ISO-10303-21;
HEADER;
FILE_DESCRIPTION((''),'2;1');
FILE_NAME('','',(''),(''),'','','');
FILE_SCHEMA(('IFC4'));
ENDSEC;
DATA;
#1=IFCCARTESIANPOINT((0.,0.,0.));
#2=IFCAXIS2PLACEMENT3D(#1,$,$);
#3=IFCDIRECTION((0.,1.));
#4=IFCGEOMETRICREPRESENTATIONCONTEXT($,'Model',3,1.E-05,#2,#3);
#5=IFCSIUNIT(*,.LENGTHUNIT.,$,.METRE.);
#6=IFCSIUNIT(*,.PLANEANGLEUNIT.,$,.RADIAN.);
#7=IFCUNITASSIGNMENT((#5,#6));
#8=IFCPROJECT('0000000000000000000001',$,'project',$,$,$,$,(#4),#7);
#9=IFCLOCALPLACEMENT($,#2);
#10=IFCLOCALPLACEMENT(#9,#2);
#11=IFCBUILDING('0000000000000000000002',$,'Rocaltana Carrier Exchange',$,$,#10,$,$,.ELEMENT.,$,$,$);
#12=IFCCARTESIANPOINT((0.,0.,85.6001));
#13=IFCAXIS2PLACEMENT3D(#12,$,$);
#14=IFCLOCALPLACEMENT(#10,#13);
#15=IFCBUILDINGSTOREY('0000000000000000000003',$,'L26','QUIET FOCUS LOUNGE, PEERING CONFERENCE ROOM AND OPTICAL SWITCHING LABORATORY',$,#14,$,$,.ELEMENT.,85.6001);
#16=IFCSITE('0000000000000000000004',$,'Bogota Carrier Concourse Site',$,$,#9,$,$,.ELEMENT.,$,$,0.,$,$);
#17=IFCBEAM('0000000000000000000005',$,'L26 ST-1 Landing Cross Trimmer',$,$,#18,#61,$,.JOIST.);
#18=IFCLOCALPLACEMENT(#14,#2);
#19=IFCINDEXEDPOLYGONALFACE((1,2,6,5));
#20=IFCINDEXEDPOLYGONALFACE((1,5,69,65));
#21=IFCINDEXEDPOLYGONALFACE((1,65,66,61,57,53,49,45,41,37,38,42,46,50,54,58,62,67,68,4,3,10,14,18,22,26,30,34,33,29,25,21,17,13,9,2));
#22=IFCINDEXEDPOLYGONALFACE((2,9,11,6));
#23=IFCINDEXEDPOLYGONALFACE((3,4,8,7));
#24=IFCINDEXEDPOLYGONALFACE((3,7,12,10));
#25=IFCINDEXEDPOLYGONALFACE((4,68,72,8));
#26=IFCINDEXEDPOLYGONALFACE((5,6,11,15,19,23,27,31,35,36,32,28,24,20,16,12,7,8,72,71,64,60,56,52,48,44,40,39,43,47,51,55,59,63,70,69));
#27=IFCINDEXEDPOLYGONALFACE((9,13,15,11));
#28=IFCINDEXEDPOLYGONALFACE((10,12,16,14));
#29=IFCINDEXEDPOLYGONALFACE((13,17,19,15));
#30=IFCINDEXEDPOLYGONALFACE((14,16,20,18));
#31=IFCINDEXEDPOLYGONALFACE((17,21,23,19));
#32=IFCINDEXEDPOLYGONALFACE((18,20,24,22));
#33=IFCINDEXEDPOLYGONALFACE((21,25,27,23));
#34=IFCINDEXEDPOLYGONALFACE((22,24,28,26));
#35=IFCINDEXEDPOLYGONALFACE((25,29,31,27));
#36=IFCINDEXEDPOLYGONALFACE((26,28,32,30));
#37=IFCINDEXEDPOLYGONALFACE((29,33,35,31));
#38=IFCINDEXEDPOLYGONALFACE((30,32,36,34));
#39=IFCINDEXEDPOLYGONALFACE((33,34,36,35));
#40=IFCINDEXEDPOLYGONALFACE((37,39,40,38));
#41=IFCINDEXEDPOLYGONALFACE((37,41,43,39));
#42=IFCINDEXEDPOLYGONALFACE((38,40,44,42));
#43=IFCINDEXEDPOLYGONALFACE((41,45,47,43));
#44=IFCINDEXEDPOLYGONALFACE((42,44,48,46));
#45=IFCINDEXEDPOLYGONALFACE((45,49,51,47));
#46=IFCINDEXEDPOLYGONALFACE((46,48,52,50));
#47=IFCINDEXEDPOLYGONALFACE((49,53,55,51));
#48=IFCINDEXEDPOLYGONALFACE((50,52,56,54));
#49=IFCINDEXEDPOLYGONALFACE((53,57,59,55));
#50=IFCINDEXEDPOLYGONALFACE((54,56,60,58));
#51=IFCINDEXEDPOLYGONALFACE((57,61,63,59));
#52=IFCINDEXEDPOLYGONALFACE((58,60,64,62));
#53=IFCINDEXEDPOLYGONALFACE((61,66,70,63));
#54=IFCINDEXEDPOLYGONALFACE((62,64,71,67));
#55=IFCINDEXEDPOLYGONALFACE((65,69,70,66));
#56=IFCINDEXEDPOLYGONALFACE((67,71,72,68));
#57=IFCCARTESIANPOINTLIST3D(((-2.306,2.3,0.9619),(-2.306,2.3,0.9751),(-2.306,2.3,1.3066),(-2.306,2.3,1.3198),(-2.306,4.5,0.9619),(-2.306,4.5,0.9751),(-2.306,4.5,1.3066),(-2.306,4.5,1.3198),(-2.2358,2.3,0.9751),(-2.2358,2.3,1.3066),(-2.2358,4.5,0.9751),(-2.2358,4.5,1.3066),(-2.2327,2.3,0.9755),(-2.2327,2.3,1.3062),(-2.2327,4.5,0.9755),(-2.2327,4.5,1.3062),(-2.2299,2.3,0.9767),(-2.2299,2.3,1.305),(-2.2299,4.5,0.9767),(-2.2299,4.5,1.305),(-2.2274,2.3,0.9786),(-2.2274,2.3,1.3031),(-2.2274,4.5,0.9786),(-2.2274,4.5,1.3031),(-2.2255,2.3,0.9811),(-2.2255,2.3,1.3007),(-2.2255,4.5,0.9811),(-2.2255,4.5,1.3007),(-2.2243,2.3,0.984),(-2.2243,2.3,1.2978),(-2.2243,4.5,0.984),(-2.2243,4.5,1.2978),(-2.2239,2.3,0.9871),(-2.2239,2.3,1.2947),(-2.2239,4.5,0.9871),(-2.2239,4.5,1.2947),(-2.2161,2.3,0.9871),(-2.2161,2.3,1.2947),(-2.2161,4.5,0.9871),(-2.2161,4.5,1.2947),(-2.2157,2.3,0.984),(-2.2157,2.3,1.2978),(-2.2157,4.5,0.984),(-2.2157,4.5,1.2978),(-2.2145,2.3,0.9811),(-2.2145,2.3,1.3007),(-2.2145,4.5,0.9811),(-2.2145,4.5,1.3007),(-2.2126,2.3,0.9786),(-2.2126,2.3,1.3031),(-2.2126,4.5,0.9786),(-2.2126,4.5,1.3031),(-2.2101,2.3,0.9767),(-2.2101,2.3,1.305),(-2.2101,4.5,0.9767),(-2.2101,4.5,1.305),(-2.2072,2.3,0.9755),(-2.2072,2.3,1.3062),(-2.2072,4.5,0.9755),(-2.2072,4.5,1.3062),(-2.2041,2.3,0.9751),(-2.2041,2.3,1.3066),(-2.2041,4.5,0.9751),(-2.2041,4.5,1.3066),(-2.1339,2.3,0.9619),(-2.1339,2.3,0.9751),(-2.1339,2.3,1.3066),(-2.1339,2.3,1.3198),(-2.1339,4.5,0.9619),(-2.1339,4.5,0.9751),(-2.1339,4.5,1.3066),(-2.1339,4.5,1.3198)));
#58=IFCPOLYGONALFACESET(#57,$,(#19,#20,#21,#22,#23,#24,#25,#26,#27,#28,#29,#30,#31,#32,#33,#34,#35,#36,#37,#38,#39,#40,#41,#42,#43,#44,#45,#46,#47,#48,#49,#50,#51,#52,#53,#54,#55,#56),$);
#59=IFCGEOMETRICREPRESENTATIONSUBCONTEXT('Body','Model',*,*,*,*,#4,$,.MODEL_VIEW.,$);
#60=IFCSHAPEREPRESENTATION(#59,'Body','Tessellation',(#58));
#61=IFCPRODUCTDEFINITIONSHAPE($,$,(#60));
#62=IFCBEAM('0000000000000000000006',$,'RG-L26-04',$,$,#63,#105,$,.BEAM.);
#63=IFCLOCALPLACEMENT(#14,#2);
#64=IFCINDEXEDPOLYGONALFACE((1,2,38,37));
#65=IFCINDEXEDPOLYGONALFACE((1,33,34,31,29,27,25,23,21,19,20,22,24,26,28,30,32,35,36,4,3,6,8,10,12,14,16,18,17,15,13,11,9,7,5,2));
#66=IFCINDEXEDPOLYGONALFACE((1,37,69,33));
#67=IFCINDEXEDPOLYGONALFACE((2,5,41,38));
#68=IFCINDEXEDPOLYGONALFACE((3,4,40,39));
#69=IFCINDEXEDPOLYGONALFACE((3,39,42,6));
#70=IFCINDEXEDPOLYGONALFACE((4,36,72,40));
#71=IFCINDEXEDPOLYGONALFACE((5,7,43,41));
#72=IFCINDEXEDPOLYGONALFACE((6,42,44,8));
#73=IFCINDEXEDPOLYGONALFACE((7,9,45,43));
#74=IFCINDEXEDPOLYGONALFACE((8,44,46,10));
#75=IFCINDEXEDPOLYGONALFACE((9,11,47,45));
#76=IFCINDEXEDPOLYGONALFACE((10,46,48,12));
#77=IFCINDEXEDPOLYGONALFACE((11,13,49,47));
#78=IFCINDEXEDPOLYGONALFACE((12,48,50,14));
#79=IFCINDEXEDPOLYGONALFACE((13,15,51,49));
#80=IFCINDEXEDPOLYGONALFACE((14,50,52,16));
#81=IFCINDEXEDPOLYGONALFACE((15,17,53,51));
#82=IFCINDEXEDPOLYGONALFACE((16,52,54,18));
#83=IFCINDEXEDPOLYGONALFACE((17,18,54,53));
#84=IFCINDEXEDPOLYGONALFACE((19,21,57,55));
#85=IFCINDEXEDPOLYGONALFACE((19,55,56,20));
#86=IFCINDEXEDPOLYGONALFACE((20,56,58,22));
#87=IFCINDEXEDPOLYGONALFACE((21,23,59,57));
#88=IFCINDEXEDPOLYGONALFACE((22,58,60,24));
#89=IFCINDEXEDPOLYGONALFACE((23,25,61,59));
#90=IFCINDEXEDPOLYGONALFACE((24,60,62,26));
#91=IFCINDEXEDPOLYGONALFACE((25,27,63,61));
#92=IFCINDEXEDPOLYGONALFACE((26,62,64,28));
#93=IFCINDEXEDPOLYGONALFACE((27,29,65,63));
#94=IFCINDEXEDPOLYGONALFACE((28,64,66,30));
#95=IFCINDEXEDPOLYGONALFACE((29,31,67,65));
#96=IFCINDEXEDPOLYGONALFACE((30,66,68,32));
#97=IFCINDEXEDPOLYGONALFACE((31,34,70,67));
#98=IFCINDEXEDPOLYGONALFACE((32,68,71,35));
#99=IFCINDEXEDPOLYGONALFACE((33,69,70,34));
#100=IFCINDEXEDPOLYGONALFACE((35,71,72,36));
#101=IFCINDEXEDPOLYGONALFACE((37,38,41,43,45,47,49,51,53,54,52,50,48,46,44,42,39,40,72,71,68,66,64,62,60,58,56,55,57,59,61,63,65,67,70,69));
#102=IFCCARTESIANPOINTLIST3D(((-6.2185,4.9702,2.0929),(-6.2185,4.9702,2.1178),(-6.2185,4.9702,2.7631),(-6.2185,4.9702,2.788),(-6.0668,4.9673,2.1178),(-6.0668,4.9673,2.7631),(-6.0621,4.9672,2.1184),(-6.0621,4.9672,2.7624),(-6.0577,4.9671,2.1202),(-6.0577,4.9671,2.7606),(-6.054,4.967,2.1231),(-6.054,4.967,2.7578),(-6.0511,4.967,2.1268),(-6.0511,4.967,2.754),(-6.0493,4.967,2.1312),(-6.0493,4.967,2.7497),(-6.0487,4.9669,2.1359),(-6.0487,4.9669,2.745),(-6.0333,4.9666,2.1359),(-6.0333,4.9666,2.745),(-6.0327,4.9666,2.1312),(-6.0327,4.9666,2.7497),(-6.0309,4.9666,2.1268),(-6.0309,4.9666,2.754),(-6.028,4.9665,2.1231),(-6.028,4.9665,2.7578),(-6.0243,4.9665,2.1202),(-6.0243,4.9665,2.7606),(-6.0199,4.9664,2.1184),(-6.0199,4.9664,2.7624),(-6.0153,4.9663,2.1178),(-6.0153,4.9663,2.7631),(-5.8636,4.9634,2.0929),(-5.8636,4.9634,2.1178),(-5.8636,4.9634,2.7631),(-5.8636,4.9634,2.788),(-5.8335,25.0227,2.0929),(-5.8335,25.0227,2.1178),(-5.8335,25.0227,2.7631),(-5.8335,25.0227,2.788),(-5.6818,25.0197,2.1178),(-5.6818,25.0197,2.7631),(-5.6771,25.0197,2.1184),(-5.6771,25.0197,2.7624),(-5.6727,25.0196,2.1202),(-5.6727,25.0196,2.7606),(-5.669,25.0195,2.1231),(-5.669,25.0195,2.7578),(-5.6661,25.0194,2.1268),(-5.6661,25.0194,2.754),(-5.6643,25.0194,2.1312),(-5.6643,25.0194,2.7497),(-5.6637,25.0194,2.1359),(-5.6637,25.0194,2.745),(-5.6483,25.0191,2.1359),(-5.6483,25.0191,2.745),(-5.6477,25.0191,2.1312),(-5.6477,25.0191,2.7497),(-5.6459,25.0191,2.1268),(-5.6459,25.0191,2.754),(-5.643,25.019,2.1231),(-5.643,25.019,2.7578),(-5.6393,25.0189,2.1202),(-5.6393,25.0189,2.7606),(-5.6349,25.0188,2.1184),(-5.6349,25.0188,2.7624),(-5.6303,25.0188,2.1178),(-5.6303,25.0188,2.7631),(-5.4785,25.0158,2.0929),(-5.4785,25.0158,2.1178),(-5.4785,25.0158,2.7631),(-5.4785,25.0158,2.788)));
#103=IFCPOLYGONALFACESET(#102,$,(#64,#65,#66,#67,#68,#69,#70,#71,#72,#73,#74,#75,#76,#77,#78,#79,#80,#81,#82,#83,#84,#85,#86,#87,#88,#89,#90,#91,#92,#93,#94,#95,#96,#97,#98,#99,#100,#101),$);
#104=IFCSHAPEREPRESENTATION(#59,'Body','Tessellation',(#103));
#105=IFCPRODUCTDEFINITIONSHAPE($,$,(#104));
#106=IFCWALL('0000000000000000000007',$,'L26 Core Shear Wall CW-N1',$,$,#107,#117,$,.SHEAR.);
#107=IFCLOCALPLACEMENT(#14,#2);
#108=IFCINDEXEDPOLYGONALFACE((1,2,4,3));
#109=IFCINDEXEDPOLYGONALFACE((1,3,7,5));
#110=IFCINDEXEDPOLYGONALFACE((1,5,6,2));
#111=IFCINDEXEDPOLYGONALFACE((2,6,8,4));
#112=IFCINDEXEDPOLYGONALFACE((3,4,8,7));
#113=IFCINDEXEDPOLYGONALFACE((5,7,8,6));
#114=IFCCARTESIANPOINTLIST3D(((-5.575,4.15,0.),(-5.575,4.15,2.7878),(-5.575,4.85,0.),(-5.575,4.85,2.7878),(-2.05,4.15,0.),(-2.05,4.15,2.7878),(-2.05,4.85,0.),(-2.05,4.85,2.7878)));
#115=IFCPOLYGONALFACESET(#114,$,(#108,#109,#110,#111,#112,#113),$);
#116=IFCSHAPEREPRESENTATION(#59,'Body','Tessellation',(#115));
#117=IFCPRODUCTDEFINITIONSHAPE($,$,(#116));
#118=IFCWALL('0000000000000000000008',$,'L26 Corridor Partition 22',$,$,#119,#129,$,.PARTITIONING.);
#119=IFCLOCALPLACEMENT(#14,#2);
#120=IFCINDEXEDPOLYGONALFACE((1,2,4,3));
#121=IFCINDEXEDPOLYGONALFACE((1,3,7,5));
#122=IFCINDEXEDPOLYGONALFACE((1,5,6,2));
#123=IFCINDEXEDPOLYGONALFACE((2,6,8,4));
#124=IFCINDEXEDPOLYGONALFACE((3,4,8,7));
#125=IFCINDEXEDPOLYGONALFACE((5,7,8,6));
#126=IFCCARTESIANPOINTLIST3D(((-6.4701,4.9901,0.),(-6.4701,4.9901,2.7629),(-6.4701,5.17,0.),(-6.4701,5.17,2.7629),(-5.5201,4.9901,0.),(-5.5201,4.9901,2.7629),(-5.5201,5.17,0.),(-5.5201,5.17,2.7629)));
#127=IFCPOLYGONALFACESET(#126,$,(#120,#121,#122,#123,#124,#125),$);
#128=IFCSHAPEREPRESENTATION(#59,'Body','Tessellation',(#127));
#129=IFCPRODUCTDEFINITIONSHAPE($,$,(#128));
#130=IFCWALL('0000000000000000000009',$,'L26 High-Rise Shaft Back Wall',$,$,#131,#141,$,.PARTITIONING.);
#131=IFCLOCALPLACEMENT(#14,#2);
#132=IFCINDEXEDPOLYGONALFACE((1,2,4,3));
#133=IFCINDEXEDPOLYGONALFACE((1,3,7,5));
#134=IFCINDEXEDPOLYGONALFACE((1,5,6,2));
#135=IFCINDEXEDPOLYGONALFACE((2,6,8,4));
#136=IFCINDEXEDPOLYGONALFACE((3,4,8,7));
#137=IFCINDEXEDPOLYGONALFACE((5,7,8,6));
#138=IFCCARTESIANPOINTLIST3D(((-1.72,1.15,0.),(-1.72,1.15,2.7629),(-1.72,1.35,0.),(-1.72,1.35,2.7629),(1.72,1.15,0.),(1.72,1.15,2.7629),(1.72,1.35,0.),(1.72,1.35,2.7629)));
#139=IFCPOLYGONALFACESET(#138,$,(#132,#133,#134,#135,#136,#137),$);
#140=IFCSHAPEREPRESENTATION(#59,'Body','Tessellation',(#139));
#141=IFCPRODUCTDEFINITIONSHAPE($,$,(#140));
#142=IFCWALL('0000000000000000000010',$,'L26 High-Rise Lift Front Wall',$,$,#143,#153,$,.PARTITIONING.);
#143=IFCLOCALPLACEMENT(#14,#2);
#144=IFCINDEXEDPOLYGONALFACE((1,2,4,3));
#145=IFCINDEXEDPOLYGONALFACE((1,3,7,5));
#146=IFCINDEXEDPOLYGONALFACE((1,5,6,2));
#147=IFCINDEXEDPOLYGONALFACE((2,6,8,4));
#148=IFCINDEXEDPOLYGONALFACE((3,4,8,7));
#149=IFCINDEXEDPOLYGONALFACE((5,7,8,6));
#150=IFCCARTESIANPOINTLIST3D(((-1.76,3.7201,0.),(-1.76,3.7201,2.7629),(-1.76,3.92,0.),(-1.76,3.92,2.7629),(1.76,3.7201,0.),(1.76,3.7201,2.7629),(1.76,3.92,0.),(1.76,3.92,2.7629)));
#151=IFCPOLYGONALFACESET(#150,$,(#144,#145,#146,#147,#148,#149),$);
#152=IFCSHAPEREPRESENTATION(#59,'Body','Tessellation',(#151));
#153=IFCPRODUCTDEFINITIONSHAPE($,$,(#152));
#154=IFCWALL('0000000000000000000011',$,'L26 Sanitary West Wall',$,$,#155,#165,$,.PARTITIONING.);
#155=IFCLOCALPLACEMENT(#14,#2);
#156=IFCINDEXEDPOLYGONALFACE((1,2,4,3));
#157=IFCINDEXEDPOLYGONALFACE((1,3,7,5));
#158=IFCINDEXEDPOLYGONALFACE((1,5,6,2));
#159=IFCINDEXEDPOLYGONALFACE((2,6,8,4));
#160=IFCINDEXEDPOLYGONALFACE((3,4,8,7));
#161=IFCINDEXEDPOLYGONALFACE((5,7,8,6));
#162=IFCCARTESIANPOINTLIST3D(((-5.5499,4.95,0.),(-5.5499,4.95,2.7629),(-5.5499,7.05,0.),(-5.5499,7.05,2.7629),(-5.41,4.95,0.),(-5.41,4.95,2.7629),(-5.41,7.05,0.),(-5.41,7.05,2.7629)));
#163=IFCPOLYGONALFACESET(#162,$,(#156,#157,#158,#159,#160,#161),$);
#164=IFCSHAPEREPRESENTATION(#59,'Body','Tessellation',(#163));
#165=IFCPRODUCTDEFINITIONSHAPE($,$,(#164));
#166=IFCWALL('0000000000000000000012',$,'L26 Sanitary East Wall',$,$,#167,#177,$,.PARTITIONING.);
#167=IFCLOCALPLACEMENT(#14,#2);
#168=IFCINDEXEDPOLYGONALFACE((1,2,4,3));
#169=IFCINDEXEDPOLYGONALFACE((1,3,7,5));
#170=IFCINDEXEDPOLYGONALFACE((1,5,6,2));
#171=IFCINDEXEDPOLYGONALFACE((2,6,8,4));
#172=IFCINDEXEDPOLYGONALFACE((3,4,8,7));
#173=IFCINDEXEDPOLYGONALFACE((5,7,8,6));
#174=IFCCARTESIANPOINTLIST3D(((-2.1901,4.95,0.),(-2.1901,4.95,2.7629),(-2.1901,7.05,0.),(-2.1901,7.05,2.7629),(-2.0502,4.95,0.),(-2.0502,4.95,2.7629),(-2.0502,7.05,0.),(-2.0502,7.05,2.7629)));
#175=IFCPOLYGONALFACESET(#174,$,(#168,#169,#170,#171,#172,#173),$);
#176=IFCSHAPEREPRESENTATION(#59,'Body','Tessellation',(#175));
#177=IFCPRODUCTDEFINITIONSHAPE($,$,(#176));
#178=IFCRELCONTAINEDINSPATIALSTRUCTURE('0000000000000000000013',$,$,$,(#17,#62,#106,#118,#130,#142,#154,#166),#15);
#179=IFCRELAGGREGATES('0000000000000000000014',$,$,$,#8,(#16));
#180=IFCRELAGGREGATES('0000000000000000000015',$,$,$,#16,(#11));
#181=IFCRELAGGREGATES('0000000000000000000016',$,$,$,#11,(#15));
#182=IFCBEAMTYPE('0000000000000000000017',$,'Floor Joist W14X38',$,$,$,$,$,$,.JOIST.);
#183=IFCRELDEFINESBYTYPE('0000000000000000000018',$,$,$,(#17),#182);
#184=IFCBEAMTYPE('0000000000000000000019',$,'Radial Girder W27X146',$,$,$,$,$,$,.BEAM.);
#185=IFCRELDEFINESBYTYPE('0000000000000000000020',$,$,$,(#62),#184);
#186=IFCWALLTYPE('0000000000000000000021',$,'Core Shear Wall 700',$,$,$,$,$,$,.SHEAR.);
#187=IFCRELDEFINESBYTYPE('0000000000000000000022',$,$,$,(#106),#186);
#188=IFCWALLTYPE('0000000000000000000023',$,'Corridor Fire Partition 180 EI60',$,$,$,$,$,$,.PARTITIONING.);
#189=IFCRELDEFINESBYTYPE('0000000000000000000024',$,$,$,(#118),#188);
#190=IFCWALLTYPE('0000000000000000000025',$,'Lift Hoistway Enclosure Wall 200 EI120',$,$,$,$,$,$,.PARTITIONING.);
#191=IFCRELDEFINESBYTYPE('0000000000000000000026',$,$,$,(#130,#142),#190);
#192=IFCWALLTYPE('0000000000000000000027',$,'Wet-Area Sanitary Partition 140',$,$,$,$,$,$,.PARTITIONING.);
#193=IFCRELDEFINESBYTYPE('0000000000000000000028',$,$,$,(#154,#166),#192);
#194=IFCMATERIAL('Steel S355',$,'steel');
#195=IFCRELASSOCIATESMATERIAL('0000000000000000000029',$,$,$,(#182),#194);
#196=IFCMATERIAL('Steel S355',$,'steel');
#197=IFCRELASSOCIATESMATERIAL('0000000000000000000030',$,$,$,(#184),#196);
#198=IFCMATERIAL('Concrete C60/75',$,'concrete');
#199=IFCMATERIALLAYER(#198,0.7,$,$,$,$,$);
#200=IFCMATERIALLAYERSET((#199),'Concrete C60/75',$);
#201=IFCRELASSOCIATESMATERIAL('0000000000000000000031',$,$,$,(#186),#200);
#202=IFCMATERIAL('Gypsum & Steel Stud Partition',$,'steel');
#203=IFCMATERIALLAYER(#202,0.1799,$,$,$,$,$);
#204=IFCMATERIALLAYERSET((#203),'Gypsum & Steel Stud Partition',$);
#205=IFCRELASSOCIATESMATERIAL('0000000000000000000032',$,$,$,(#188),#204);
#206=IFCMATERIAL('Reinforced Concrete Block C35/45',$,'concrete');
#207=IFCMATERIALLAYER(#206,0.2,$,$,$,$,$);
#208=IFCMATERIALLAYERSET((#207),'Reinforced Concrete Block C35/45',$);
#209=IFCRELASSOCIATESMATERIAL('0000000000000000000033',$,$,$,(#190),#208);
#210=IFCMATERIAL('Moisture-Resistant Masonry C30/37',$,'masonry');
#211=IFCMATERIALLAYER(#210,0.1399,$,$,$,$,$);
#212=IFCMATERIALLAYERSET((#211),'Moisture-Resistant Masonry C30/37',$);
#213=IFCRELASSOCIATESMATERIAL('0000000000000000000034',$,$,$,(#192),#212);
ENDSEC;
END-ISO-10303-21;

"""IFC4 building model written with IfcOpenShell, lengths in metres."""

from ifc_helpers import new_model, si_unit, direction, frame, frame_2d, origin, origin_2d, place, context, subcontext, project, spatial, rectangle, i_section, extrude, material, layer, layer_set, material_profile, profile_set, type_object, element, save


model = new_model("IFC4")

# Units and contexts
model_context = context("Model", 3, precision=1e-05, world=origin(), true_north=direction((0.0, 1.0)))
body_context = subcontext(model_context, "Body", "Model", "MODEL_VIEW")
ifc_project = project(units=[si_unit("LENGTHUNIT", "METRE"), si_unit("PLANEANGLEUNIT", "RADIAN")], contexts=[model_context])

# Site, building, storey
site_placement = place(None, origin())
site = spatial("IfcSite", under=ifc_project, at=site_placement, Name="Bogota Carrier Concourse Site", CompositionType="ELEMENT", RefElevation=0.0)
building_placement = place(site_placement, origin())
building = spatial("IfcBuilding", under=site, at=building_placement, Name="Rocaltana Carrier Exchange", CompositionType="ELEMENT")
storey_placement = place(building_placement, frame((0.0, 0.0, 85.6001)))
storey = spatial("IfcBuildingStorey", under=building, at=storey_placement, Name="L26", Description="QUIET FOCUS LOUNGE, PEERING CONFERENCE ROOM AND OPTICAL SWITCHING LABORATORY", CompositionType="ELEMENT", Elevation=85.6001)

# Beams
ifc_material_1 = material(Name="Steel S355", Category="steel")
ifc_material_profile_1 = material_profile(ifc_material_1, i_section(OverallWidth=0.1721, OverallDepth=0.3579, WebThickness=0.0078, FlangeThickness=0.0132, FilletRadius=0.012, at=origin_2d()), Name="W14X38")
ifc_profile_set_1 = profile_set([ifc_material_profile_1], Name="Steel S355")
beam_type_1 = type_object("IfcBeamType", Name="Floor Joist W14X38", PredefinedType="JOIST", material=ifc_profile_set_1)
beam_1_placement = place(storey_placement, frame((-2.22, 2.3, 1.1409), z_axis=(0.0, 1.0, 0.0), x_axis=(-1.0, 0.0, 0.0)))
element("IfcBeam", 1, at=beam_1_placement, inside=storey, type_object=beam_type_1, Name="L26 ST-1 Landing Cross Trimmer", PredefinedType="JOIST", context=body_context, shape_type="SweptSolid", body=[
    extrude(i_section(OverallWidth=0.1721, OverallDepth=0.3579, WebThickness=0.0078, FlangeThickness=0.0132, FilletRadius=0.012, at=origin_2d()), origin(), (0.0, 0.0, 1.0), 2.2),
])
ifc_material_2 = material(Name="Steel S355", Category="steel")
ifc_material_profile_2 = material_profile(ifc_material_2, i_section(OverallWidth=0.355, OverallDepth=0.6951, WebThickness=0.0154, FlangeThickness=0.0249, FilletRadius=0.0181, at=origin_2d()), Name="W27X146")
ifc_profile_set_2 = profile_set([ifc_material_profile_2], Name="Steel S355")
beam_type_2 = type_object("IfcBeamType", Name="Radial Girder W27X146", PredefinedType="BEAM", material=ifc_profile_set_2)
beam_2_placement = place(storey_placement, frame((-6.041, 4.9668, 2.4404), z_axis=(0.019197, 0.999816, 0.0), x_axis=(-0.999816, 0.019197, 0.0)))
element("IfcBeam", 2, at=beam_2_placement, inside=storey, type_object=beam_type_2, Name="RG-L26-04", PredefinedType="BEAM", context=body_context, shape_type="SweptSolid", body=[
    extrude(i_section(OverallWidth=0.355, OverallDepth=0.6951, WebThickness=0.0154, FlangeThickness=0.0249, FilletRadius=0.0181, at=origin_2d()), origin(), (0.0, 0.0, 1.0), 20.0562),
])

# Walls
ifc_material_3 = material(Name="Concrete C60/75", Category="concrete")
ifc_layer_1 = layer(ifc_material_3, 0.7)
ifc_layer_set_1 = layer_set([ifc_layer_1], Name="Concrete C60/75")
wall_type_1 = type_object("IfcWallType", Name="Core Shear Wall 700", PredefinedType="SHEAR", material=ifc_layer_set_1)
wall_1_placement = place(storey_placement, frame((-5.575, 4.5, 0.0), z_axis=(0.0, 0.0, 1.0), x_axis=(1.0, 0.0, 0.0)))
element("IfcWall", 3, at=wall_1_placement, inside=storey, type_object=wall_type_1, Name="L26 Core Shear Wall CW-N1", PredefinedType="SHEAR", context=body_context, shape_type="SweptSolid", body=[
    extrude(rectangle(XDim=3.5249, YDim=0.7, at=frame_2d((1.7625, 0.0))), origin(), (0.0, 0.0, 1.0), 2.7878),
])
ifc_material_4 = material(Name="Gypsum & Steel Stud Partition", Category="steel")
ifc_layer_2 = layer(ifc_material_4, 0.1799)
ifc_layer_set_2 = layer_set([ifc_layer_2], Name="Gypsum & Steel Stud Partition")
wall_type_2 = type_object("IfcWallType", Name="Corridor Fire Partition 180 EI60", PredefinedType="PARTITIONING", material=ifc_layer_set_2)
wall_2_placement = place(storey_placement, frame((-5.52, 5.0801, 0.0), z_axis=(0.0, 0.0, 1.0), x_axis=(-1.0, 0.0, 0.0)))
element("IfcWall", 4, at=wall_2_placement, inside=storey, type_object=wall_type_2, Name="L26 Corridor Partition 22", PredefinedType="PARTITIONING", context=body_context, shape_type="SweptSolid", body=[
    extrude(rectangle(XDim=0.95, YDim=0.1799, at=frame_2d((0.4751, 0.0))), origin(), (0.0, 0.0, 1.0), 2.7629),
])
ifc_material_5 = material(Name="Reinforced Concrete Block C35/45", Category="concrete")
ifc_layer_3 = layer(ifc_material_5, 0.2)
ifc_layer_set_3 = layer_set([ifc_layer_3], Name="Reinforced Concrete Block C35/45")
wall_type_3 = type_object("IfcWallType", Name="Lift Hoistway Enclosure Wall 200 EI120", PredefinedType="PARTITIONING", material=ifc_layer_set_3)
wall_3_placement = place(storey_placement, frame((-1.72, 1.25, 0.0), z_axis=(0.0, 0.0, 1.0), x_axis=(1.0, 0.0, 0.0)))
element("IfcWall", 5, at=wall_3_placement, inside=storey, type_object=wall_type_3, Name="L26 High-Rise Shaft Back Wall", PredefinedType="PARTITIONING", context=body_context, shape_type="SweptSolid", body=[
    extrude(rectangle(XDim=3.4399, YDim=0.2, at=frame_2d((1.72, 0.0))), origin(), (0.0, 0.0, 1.0), 2.7629),
])
wall_4_placement = place(storey_placement, frame((-1.76, 3.8201, 0.0), z_axis=(0.0, 0.0, 1.0), x_axis=(1.0, 0.0, 0.0)))
element("IfcWall", 6, at=wall_4_placement, inside=storey, type_object=wall_type_3, Name="L26 High-Rise Lift Front Wall", PredefinedType="PARTITIONING", context=body_context, shape_type="SweptSolid", body=[
    extrude(rectangle(XDim=3.52, YDim=0.2, at=frame_2d((1.76, 0.0))), origin(), (0.0, 0.0, 1.0), 2.7629),
])
ifc_material_6 = material(Name="Moisture-Resistant Masonry C30/37", Category="masonry")
ifc_layer_4 = layer(ifc_material_6, 0.1399)
ifc_layer_set_4 = layer_set([ifc_layer_4], Name="Moisture-Resistant Masonry C30/37")
wall_type_4 = type_object("IfcWallType", Name="Wet-Area Sanitary Partition 140", PredefinedType="PARTITIONING", material=ifc_layer_set_4)
for number, where, z_axis, x_axis, name in (
    (7, (-5.48, 4.95, 0.0), (0.0, 0.0, 1.0), (0.0, 1.0, 0.0), "L26 Sanitary West Wall"),
    (8, (-2.1201, 4.95, 0.0), (0.0, 0.0, 1.0), (0.0, 1.0, 0.0), "L26 Sanitary East Wall"),
):
    element("IfcWall", number, at=place(storey_placement, frame(where, z_axis=z_axis, x_axis=x_axis)), inside=storey, type_object=wall_type_4, Name=name, PredefinedType="PARTITIONING", context=body_context, shape_type="SweptSolid", body=[
        extrude(rectangle(XDim=2.1001, YDim=0.1399, at=frame_2d((1.05, 0.0))), origin(), (0.0, 0.0, 1.0), 2.7629),
    ])

save(model, "model.ifc")
